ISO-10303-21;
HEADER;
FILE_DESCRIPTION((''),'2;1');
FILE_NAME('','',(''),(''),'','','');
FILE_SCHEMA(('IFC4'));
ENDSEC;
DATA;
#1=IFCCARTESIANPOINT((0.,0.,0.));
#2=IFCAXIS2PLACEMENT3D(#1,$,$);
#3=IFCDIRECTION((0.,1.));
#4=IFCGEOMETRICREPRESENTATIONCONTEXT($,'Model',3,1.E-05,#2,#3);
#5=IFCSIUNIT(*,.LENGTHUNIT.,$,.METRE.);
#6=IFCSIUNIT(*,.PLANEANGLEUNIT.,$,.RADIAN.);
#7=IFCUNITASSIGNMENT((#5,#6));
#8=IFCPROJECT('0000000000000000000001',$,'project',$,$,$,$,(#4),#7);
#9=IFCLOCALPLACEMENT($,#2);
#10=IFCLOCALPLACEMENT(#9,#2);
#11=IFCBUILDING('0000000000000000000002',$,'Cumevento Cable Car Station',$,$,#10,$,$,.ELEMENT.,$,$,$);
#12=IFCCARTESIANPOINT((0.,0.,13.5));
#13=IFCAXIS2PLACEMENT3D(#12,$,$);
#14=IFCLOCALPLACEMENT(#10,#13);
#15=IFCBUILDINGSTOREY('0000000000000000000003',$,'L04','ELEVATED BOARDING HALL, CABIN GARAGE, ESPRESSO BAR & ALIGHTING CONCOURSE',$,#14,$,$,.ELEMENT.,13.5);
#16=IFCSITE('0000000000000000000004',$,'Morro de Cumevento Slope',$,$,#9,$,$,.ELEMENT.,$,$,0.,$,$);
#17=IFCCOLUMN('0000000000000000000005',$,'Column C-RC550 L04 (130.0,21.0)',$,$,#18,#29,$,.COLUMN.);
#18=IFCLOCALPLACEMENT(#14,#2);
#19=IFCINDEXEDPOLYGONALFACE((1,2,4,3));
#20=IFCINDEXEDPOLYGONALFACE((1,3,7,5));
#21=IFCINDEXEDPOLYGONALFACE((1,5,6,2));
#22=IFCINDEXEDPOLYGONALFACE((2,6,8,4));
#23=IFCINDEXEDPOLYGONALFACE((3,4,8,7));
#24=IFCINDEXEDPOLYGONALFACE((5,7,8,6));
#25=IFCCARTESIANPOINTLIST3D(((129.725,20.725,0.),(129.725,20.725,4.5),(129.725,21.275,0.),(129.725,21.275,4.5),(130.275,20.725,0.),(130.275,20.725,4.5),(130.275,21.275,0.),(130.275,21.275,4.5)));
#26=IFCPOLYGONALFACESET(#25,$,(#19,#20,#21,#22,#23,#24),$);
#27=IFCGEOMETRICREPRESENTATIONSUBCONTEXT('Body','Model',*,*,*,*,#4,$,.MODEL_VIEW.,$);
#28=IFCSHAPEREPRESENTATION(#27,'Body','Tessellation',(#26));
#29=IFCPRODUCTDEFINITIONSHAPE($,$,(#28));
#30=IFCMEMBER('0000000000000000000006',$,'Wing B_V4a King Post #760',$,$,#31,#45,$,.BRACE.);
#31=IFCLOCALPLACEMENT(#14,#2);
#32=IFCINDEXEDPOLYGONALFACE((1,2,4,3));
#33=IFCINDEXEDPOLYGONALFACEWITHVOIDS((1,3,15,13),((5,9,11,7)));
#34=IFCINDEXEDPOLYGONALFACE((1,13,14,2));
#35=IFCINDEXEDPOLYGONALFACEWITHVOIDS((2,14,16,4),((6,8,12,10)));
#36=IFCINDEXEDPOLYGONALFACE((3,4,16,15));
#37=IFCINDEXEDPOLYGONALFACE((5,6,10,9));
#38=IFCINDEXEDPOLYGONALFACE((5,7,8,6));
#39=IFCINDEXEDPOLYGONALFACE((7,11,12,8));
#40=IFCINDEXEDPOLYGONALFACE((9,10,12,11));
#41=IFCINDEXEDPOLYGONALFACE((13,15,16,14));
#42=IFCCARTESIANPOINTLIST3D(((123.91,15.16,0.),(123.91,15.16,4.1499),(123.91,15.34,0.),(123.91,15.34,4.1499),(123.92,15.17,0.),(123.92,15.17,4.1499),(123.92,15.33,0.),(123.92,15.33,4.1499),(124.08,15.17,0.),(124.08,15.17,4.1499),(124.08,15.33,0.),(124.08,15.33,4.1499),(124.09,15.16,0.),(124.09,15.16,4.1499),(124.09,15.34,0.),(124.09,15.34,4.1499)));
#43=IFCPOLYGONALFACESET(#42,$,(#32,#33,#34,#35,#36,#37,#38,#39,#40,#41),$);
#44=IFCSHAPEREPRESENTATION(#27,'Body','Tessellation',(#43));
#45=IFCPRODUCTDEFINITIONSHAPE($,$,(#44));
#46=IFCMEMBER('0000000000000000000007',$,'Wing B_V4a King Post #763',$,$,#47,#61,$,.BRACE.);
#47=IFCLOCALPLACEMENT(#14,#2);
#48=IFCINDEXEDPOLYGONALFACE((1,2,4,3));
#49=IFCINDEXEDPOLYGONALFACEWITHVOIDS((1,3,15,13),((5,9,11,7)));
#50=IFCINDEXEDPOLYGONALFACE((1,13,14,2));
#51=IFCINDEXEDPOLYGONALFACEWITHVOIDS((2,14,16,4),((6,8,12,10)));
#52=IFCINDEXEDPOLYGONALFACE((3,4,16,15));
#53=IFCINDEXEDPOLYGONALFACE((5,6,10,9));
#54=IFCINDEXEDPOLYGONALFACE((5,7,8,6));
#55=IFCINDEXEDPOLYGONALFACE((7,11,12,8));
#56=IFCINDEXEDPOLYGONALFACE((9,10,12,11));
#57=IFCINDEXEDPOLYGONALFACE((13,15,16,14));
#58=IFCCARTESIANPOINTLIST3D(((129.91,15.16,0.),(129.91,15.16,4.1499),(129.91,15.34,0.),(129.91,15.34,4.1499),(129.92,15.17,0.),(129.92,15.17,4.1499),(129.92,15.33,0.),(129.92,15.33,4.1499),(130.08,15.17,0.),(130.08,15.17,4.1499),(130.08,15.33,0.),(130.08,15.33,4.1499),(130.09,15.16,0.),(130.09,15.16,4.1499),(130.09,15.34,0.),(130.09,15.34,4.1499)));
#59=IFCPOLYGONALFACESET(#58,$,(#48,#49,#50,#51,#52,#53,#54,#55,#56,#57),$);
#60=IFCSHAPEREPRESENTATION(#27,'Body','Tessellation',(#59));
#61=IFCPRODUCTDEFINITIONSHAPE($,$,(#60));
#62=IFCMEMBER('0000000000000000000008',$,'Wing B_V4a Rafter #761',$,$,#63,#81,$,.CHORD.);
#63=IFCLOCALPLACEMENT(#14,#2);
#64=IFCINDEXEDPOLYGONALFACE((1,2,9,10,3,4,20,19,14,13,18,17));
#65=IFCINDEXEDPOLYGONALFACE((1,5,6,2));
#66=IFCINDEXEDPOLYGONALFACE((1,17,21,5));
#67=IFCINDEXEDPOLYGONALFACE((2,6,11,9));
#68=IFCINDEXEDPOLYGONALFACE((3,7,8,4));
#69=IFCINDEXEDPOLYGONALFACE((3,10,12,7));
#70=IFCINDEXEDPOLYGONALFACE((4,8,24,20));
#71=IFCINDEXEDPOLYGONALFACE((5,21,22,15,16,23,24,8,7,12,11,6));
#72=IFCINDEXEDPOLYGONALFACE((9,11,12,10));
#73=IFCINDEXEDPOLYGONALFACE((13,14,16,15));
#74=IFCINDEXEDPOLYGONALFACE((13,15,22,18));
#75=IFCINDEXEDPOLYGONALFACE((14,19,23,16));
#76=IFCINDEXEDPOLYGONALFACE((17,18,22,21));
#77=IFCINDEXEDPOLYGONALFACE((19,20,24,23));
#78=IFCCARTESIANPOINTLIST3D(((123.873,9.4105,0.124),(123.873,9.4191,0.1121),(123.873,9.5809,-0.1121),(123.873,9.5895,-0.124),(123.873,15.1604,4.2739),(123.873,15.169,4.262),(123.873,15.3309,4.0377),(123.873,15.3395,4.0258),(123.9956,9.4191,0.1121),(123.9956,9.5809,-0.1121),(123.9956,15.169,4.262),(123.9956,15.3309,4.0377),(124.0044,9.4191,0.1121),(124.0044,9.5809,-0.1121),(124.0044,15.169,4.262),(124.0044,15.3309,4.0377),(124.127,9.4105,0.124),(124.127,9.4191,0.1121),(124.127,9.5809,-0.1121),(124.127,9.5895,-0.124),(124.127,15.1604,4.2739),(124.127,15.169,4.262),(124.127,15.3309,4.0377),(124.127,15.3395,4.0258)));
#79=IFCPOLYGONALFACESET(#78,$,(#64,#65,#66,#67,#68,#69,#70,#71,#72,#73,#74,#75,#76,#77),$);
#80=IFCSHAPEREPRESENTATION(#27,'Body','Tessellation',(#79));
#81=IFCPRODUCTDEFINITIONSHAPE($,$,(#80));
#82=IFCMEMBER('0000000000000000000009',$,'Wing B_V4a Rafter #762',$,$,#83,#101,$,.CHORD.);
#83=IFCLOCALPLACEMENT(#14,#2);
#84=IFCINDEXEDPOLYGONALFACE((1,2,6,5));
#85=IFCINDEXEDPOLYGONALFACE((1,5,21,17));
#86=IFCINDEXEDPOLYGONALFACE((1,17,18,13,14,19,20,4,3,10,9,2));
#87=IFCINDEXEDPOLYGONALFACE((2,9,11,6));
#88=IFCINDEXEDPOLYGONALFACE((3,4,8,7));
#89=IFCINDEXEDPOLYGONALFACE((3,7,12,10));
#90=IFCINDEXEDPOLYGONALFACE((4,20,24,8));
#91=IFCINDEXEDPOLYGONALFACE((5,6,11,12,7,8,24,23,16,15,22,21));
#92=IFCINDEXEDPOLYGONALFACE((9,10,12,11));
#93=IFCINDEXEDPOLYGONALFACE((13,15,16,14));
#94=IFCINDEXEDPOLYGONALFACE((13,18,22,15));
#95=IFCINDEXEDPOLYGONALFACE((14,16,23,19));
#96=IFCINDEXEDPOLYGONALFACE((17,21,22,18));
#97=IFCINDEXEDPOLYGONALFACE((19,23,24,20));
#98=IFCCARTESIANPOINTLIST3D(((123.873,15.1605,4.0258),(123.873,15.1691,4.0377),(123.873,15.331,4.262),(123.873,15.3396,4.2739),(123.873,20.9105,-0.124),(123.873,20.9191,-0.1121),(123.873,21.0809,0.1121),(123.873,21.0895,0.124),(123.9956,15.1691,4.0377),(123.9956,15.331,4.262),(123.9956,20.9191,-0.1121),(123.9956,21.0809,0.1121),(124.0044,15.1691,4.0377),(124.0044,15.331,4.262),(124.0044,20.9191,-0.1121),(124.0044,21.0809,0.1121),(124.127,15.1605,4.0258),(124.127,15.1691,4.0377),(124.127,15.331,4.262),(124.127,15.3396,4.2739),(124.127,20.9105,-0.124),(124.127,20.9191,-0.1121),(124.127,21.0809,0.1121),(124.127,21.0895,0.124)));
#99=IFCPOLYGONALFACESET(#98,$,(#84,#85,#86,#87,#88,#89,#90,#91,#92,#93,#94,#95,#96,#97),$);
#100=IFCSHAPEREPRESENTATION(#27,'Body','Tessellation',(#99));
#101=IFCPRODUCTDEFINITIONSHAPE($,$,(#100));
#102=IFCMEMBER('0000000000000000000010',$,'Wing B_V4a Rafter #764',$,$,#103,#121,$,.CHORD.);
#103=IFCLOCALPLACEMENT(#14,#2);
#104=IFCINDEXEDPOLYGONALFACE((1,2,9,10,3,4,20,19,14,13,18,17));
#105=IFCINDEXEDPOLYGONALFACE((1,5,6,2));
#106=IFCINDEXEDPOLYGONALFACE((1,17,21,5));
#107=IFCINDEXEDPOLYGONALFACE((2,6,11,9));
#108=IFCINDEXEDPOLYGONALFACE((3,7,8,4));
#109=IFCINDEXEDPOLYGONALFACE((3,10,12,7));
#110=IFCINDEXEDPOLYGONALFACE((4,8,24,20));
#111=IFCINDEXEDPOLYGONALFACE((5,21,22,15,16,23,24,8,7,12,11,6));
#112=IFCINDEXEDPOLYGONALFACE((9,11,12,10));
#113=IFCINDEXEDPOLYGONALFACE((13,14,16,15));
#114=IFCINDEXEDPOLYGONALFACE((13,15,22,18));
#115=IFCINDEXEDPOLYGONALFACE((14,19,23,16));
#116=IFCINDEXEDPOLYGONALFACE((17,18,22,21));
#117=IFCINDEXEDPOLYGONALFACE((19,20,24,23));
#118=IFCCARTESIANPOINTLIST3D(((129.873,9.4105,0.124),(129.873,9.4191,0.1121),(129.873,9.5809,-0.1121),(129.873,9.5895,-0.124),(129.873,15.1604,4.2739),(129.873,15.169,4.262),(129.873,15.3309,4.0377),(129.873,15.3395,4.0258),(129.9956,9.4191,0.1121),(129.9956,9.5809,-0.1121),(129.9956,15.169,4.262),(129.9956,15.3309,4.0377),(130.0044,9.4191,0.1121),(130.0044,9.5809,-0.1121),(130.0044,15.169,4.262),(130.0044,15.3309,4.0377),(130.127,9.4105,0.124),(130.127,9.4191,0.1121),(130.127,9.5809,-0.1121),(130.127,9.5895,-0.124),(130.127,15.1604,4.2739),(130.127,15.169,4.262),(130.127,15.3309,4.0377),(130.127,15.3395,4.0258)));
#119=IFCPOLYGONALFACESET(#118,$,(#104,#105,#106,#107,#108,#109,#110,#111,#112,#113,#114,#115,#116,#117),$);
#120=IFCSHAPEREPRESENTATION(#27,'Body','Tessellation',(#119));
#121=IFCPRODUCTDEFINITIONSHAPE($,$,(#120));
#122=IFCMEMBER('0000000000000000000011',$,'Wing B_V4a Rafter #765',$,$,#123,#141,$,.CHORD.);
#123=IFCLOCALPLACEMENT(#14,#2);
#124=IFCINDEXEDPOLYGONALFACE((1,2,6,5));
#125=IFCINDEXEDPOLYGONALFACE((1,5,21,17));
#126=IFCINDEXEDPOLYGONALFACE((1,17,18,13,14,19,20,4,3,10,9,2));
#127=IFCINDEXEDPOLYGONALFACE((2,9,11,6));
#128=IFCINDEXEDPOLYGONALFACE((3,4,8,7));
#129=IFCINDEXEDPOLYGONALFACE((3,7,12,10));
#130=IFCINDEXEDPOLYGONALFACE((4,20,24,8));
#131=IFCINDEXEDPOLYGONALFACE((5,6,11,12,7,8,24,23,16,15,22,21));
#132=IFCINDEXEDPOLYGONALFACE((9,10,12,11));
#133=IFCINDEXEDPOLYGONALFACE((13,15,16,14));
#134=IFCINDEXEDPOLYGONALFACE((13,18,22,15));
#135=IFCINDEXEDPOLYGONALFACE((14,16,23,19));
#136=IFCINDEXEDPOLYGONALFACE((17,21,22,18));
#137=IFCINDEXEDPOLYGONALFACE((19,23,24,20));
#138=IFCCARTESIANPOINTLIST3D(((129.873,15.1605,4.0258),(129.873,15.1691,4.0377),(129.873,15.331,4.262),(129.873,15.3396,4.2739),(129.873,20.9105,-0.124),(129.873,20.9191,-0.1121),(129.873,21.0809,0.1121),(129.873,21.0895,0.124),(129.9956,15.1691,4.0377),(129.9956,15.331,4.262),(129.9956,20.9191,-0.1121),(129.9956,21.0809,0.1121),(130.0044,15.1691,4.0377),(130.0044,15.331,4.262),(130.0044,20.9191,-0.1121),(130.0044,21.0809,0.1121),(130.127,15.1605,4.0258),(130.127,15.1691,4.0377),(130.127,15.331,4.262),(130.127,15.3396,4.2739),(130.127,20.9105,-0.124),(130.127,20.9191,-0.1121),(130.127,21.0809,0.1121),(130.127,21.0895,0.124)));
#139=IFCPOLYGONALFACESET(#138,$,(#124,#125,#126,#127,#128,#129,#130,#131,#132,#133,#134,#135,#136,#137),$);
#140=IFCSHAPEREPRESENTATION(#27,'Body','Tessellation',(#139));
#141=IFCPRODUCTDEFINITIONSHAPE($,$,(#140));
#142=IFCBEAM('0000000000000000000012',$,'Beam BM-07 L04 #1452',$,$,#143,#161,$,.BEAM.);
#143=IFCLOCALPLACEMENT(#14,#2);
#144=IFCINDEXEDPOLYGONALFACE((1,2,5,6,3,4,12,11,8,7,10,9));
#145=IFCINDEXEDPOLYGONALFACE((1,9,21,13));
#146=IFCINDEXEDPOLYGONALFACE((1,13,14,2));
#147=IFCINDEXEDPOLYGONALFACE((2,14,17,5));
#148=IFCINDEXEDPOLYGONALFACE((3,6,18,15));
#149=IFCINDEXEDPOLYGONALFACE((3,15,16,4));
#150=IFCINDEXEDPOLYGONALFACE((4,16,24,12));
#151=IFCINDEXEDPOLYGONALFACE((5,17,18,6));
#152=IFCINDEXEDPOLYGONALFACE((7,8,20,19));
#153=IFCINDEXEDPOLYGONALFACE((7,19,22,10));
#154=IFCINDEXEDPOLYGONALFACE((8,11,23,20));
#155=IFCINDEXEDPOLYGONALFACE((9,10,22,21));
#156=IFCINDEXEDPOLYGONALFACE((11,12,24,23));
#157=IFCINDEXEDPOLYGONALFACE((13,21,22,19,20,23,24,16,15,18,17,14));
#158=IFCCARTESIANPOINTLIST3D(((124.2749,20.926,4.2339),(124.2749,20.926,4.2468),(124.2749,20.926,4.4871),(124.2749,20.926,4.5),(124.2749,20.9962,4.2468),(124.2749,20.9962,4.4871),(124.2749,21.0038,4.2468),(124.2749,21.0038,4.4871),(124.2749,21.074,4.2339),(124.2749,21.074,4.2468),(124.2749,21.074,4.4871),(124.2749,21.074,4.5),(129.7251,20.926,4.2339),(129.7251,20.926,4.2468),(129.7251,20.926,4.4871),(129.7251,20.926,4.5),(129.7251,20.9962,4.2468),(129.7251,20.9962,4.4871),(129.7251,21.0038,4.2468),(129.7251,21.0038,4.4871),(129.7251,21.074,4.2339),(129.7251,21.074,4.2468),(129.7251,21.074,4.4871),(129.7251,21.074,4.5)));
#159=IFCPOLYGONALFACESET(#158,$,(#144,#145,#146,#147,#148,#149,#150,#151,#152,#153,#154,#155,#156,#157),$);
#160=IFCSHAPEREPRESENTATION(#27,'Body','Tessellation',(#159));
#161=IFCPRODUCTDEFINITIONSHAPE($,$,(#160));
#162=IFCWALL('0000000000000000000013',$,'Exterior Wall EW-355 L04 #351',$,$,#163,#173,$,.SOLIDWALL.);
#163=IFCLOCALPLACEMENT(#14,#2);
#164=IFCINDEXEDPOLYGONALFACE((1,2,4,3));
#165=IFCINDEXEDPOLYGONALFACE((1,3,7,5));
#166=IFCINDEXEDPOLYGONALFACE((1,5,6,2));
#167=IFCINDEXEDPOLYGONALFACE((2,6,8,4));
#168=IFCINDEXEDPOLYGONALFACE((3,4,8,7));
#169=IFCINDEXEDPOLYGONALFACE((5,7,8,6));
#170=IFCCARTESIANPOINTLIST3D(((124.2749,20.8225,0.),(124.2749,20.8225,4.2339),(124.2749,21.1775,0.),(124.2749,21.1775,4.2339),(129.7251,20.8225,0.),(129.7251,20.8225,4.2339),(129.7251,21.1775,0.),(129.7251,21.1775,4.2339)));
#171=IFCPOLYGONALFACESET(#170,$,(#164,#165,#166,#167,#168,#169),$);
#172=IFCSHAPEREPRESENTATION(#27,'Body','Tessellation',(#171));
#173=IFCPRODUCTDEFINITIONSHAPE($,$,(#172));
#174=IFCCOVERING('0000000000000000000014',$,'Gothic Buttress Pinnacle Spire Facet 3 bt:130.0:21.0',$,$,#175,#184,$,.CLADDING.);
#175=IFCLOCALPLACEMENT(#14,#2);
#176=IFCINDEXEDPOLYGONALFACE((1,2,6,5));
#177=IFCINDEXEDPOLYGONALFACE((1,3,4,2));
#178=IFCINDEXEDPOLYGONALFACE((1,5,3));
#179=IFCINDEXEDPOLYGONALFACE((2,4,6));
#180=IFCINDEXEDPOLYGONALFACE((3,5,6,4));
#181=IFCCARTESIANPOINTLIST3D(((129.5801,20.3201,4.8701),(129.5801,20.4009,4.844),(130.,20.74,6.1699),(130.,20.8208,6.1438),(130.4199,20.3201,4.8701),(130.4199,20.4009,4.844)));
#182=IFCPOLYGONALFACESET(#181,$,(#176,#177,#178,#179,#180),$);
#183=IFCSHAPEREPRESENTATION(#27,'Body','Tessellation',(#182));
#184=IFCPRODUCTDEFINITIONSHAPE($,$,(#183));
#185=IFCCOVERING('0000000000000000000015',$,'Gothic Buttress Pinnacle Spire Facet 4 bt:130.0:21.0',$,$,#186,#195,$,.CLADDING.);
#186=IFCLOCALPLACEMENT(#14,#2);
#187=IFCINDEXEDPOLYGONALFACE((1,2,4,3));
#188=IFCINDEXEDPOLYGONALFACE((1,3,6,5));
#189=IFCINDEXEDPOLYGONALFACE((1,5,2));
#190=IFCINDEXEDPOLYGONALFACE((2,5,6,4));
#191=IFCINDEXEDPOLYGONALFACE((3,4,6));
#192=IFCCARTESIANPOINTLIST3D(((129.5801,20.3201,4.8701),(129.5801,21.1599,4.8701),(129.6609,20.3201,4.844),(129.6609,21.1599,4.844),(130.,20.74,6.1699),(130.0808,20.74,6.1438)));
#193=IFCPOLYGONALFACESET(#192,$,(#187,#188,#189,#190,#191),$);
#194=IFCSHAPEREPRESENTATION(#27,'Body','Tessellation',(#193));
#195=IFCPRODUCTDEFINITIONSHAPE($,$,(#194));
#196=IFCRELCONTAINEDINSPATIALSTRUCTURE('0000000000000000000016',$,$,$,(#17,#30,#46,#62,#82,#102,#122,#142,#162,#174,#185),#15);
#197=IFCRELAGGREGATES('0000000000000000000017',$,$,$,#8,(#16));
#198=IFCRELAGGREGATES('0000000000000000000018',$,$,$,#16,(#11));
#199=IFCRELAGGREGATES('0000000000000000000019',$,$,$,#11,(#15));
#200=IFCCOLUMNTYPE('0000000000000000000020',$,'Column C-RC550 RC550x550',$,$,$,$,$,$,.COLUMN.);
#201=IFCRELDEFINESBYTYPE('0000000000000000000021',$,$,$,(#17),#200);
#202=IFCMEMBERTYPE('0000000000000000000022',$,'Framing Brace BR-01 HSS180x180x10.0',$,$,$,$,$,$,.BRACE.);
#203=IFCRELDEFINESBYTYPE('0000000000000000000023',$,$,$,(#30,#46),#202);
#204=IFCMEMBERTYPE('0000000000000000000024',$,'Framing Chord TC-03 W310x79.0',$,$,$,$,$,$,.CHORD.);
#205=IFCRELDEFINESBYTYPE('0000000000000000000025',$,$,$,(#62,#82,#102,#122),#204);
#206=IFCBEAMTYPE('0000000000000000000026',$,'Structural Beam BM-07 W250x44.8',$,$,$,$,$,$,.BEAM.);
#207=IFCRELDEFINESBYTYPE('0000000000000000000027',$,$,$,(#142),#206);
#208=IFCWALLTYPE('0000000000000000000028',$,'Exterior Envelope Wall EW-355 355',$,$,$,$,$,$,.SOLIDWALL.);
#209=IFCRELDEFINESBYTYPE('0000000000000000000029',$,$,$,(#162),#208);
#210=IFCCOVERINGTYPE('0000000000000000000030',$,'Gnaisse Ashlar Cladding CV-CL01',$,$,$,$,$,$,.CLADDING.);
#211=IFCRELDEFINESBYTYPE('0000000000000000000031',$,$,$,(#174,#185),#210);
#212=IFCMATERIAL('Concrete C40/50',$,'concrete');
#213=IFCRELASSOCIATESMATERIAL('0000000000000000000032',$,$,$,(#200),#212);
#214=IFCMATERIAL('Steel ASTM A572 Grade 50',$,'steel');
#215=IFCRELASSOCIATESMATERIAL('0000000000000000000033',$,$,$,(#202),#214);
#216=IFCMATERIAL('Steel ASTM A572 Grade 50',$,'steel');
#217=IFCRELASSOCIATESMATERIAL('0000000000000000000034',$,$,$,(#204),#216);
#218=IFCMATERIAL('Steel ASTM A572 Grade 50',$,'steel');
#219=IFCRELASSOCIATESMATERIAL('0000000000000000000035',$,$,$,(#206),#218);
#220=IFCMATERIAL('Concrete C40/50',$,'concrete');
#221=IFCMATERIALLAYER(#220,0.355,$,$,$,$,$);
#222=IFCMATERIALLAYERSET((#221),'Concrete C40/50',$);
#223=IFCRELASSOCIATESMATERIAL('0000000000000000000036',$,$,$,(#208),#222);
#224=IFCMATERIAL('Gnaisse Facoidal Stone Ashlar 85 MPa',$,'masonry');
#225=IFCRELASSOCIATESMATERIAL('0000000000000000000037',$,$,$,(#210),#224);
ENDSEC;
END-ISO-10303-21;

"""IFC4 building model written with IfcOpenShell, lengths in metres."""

from ifc_helpers import new_model, si_unit, direction, frame, frame_2d, origin, origin_2d, place, context, subcontext, project, spatial, polyline, rectangle, hollow_rectangle, i_section, outline, extrude, material, layer, layer_set, material_profile, profile_set, type_object, element, save


model = new_model("IFC4")

# Units and contexts
model_context = context("Model", 3, precision=1e-05, world=origin(), true_north=direction((0.0, 1.0)))
body_context = subcontext(model_context, "Body", "Model", "MODEL_VIEW")
ifc_project = project(units=[si_unit("LENGTHUNIT", "METRE"), si_unit("PLANEANGLEUNIT", "RADIAN")], contexts=[model_context])

# Site, building, storey
site_placement = place(None, origin())
site = spatial("IfcSite", under=ifc_project, at=site_placement, Name="Morro de Cumevento Slope", CompositionType="ELEMENT", RefElevation=0.0)
building_placement = place(site_placement, origin())
building = spatial("IfcBuilding", under=site, at=building_placement, Name="Cumevento Cable Car Station", CompositionType="ELEMENT")
storey_placement = place(building_placement, frame((0.0, 0.0, 13.5)))
storey = spatial("IfcBuildingStorey", under=building, at=storey_placement, Name="L04", Description="ELEVATED BOARDING HALL, CABIN GARAGE, ESPRESSO BAR & ALIGHTING CONCOURSE", CompositionType="ELEMENT", Elevation=13.5)

# Column
ifc_material_1 = material(Name="Concrete C40/50", Category="concrete")
ifc_material_profile_1 = material_profile(ifc_material_1, rectangle(XDim=0.55, YDim=0.55, at=origin_2d()), Name="RC550x550")
ifc_profile_set_1 = profile_set([ifc_material_profile_1], Name="Concrete C40/50")
column_type = type_object("IfcColumnType", Name="Column C-RC550 RC550x550", PredefinedType="COLUMN", material=ifc_profile_set_1)
column_placement = place(storey_placement, frame((130.0, 21.0, 0.0), z_axis=(0.0, 0.0, 1.0), x_axis=(1.0, 0.0, 0.0)))
element("IfcColumn", 1, at=column_placement, inside=storey, type_object=column_type, Name="Column C-RC550 L04 (130.0,21.0)", PredefinedType="COLUMN", context=body_context, shape_type="SweptSolid", body=[
    extrude(rectangle(XDim=0.55, YDim=0.55, at=origin_2d()), origin(), (0.0, 0.0, 1.0), 4.5),
])

# Members
ifc_material_2 = material(Name="Steel ASTM A572 Grade 50", Category="steel")
ifc_material_profile_2 = material_profile(ifc_material_2, hollow_rectangle(XDim=0.1799, YDim=0.1799, WallThickness=0.01, at=origin_2d()), Name="HSS180x180x10.0")
ifc_profile_set_2 = profile_set([ifc_material_profile_2], Name="Steel ASTM A572 Grade 50")
member_type_1 = type_object("IfcMemberType", Name="Framing Brace BR-01 HSS180x180x10.0", PredefinedType="BRACE", material=ifc_profile_set_2)
for number, where, z_axis, x_axis, name in (
    (2, (124.0, 15.25, 0.0), (0.0, 0.0, 1.0), (1.0, 0.0, 0.0), "Wing B_V4a King Post #760"),
    (3, (130.0, 15.25, 0.0), (0.0, 0.0, 1.0), (1.0, 0.0, 0.0), "Wing B_V4a King Post #763"),
):
    element("IfcMember", number, at=place(storey_placement, frame(where, z_axis=z_axis, x_axis=x_axis)), inside=storey, type_object=member_type_1, Name=name, PredefinedType="BRACE", context=body_context, shape_type="SweptSolid", body=[
        extrude(hollow_rectangle(XDim=0.1799, YDim=0.1799, WallThickness=0.01, at=origin_2d()), origin(), (0.0, 0.0, 1.0), 4.1499),
    ])
ifc_material_3 = material(Name="Steel ASTM A572 Grade 50", Category="steel")
ifc_material_profile_3 = material_profile(ifc_material_3, i_section(OverallWidth=0.2539, OverallDepth=0.3059, WebThickness=0.0088, FlangeThickness=0.0146, at=origin_2d()), Name="W310x79.0")
ifc_profile_set_3 = profile_set([ifc_material_profile_3], Name="Steel ASTM A572 Grade 50")
member_type_2 = type_object("IfcMemberType", Name="Framing Chord TC-03 W310x79.0", PredefinedType="CHORD", material=ifc_profile_set_3)
for number, where, z_axis, x_axis, name in (
    (4, (124.0, 9.5, 0.0), (0.0, 0.810872, 0.585224), (-1.0, 0.0, 0.0), "Wing B_V4a Rafter #761"),
    (5, (124.0, 21.0, 0.0), (0.0, -0.810872, 0.585224), (1.0, 0.0, 0.0), "Wing B_V4a Rafter #762"),
    (6, (130.0, 9.5, 0.0), (0.0, 0.810872, 0.585224), (-1.0, 0.0, 0.0), "Wing B_V4a Rafter #764"),
    (7, (130.0, 21.0, 0.0), (0.0, -0.810872, 0.585224), (1.0, 0.0, 0.0), "Wing B_V4a Rafter #765"),
):
    element("IfcMember", number, at=place(storey_placement, frame(where, z_axis=z_axis, x_axis=x_axis)), inside=storey, type_object=member_type_2, Name=name, PredefinedType="CHORD", context=body_context, shape_type="SweptSolid", body=[
        extrude(i_section(OverallWidth=0.2539, OverallDepth=0.3059, WebThickness=0.0088, FlangeThickness=0.0146, at=origin_2d()), origin(), (0.0, 0.0, 1.0), 7.0911),
    ])

# Beam
ifc_material_4 = material(Name="Steel ASTM A572 Grade 50", Category="steel")
ifc_material_profile_4 = material_profile(ifc_material_4, i_section(OverallWidth=0.1479, OverallDepth=0.2661, WebThickness=0.0076, FlangeThickness=0.0129, at=origin_2d()), Name="W250x44.8")
ifc_profile_set_4 = profile_set([ifc_material_profile_4], Name="Steel ASTM A572 Grade 50")
beam_type = type_object("IfcBeamType", Name="Structural Beam BM-07 W250x44.8", PredefinedType="BEAM", material=ifc_profile_set_4)
beam_placement = place(storey_placement, frame((124.2749, 21.0, 4.3669), z_axis=(1.0, 0.0, 0.0), x_axis=(0.0, 1.0, 0.0)))
element("IfcBeam", 8, at=beam_placement, inside=storey, type_object=beam_type, Name="Beam BM-07 L04 #1452", PredefinedType="BEAM", context=body_context, shape_type="SweptSolid", body=[
    extrude(i_section(OverallWidth=0.1479, OverallDepth=0.2661, WebThickness=0.0076, FlangeThickness=0.0129, at=origin_2d()), origin(), (0.0, 0.0, 1.0), 5.4502),
])

# Wall
ifc_material_5 = material(Name="Concrete C40/50", Category="concrete")
ifc_layer = layer(ifc_material_5, 0.355)
ifc_layer_set = layer_set([ifc_layer], Name="Concrete C40/50")
wall_type = type_object("IfcWallType", Name="Exterior Envelope Wall EW-355 355", PredefinedType="SOLIDWALL", material=ifc_layer_set)
wall_placement = place(storey_placement, frame((129.7251, 21.0, 0.0), z_axis=(0.0, 0.0, 1.0), x_axis=(-1.0, 0.0, 0.0)))
element("IfcWall", 9, at=wall_placement, inside=storey, type_object=wall_type, Name="Exterior Wall EW-355 L04 #351", PredefinedType="SOLIDWALL", context=body_context, shape_type="SweptSolid", body=[
    extrude(rectangle(XDim=5.4502, YDim=0.355, at=frame_2d((2.7251, 0.0))), origin(), (0.0, 0.0, 1.0), 4.2339),
])

# Coverings
ifc_material_6 = material(Name="Gnaisse Facoidal Stone Ashlar 85 MPa", Category="masonry")
covering_type = type_object("IfcCoveringType", Name="Gnaisse Ashlar Cladding CV-CL01", PredefinedType="CLADDING", material=ifc_material_6)
for number, where, z_axis, x_axis, name in (
    (10, (130.4199, 20.3201, 4.8701), (0.0, -0.951574, 0.307421), (-1.0, 0.0, 0.0), "Gothic Buttress Pinnacle Spire Facet 3 bt:130.0:21.0"),
    (11, (129.5801, 20.3201, 4.8701), (-0.951574, 0.0, 0.307421), (0.0, 1.0, 0.0), "Gothic Buttress Pinnacle Spire Facet 4 bt:130.0:21.0"),
):
    element("IfcCovering", number, at=place(storey_placement, frame(where, z_axis=z_axis, x_axis=x_axis)), inside=storey, type_object=covering_type, Name=name, PredefinedType="CLADDING", context=body_context, shape_type="SweptSolid", body=[
        extrude(outline(polyline([(0.0, 0.0), (0.8398, 0.0), (0.4199, -1.366), (0.0, 0.0)])), origin(), (0.0, 0.0, -1.0), 0.085),
    ])

save(model, "model.ifc")
